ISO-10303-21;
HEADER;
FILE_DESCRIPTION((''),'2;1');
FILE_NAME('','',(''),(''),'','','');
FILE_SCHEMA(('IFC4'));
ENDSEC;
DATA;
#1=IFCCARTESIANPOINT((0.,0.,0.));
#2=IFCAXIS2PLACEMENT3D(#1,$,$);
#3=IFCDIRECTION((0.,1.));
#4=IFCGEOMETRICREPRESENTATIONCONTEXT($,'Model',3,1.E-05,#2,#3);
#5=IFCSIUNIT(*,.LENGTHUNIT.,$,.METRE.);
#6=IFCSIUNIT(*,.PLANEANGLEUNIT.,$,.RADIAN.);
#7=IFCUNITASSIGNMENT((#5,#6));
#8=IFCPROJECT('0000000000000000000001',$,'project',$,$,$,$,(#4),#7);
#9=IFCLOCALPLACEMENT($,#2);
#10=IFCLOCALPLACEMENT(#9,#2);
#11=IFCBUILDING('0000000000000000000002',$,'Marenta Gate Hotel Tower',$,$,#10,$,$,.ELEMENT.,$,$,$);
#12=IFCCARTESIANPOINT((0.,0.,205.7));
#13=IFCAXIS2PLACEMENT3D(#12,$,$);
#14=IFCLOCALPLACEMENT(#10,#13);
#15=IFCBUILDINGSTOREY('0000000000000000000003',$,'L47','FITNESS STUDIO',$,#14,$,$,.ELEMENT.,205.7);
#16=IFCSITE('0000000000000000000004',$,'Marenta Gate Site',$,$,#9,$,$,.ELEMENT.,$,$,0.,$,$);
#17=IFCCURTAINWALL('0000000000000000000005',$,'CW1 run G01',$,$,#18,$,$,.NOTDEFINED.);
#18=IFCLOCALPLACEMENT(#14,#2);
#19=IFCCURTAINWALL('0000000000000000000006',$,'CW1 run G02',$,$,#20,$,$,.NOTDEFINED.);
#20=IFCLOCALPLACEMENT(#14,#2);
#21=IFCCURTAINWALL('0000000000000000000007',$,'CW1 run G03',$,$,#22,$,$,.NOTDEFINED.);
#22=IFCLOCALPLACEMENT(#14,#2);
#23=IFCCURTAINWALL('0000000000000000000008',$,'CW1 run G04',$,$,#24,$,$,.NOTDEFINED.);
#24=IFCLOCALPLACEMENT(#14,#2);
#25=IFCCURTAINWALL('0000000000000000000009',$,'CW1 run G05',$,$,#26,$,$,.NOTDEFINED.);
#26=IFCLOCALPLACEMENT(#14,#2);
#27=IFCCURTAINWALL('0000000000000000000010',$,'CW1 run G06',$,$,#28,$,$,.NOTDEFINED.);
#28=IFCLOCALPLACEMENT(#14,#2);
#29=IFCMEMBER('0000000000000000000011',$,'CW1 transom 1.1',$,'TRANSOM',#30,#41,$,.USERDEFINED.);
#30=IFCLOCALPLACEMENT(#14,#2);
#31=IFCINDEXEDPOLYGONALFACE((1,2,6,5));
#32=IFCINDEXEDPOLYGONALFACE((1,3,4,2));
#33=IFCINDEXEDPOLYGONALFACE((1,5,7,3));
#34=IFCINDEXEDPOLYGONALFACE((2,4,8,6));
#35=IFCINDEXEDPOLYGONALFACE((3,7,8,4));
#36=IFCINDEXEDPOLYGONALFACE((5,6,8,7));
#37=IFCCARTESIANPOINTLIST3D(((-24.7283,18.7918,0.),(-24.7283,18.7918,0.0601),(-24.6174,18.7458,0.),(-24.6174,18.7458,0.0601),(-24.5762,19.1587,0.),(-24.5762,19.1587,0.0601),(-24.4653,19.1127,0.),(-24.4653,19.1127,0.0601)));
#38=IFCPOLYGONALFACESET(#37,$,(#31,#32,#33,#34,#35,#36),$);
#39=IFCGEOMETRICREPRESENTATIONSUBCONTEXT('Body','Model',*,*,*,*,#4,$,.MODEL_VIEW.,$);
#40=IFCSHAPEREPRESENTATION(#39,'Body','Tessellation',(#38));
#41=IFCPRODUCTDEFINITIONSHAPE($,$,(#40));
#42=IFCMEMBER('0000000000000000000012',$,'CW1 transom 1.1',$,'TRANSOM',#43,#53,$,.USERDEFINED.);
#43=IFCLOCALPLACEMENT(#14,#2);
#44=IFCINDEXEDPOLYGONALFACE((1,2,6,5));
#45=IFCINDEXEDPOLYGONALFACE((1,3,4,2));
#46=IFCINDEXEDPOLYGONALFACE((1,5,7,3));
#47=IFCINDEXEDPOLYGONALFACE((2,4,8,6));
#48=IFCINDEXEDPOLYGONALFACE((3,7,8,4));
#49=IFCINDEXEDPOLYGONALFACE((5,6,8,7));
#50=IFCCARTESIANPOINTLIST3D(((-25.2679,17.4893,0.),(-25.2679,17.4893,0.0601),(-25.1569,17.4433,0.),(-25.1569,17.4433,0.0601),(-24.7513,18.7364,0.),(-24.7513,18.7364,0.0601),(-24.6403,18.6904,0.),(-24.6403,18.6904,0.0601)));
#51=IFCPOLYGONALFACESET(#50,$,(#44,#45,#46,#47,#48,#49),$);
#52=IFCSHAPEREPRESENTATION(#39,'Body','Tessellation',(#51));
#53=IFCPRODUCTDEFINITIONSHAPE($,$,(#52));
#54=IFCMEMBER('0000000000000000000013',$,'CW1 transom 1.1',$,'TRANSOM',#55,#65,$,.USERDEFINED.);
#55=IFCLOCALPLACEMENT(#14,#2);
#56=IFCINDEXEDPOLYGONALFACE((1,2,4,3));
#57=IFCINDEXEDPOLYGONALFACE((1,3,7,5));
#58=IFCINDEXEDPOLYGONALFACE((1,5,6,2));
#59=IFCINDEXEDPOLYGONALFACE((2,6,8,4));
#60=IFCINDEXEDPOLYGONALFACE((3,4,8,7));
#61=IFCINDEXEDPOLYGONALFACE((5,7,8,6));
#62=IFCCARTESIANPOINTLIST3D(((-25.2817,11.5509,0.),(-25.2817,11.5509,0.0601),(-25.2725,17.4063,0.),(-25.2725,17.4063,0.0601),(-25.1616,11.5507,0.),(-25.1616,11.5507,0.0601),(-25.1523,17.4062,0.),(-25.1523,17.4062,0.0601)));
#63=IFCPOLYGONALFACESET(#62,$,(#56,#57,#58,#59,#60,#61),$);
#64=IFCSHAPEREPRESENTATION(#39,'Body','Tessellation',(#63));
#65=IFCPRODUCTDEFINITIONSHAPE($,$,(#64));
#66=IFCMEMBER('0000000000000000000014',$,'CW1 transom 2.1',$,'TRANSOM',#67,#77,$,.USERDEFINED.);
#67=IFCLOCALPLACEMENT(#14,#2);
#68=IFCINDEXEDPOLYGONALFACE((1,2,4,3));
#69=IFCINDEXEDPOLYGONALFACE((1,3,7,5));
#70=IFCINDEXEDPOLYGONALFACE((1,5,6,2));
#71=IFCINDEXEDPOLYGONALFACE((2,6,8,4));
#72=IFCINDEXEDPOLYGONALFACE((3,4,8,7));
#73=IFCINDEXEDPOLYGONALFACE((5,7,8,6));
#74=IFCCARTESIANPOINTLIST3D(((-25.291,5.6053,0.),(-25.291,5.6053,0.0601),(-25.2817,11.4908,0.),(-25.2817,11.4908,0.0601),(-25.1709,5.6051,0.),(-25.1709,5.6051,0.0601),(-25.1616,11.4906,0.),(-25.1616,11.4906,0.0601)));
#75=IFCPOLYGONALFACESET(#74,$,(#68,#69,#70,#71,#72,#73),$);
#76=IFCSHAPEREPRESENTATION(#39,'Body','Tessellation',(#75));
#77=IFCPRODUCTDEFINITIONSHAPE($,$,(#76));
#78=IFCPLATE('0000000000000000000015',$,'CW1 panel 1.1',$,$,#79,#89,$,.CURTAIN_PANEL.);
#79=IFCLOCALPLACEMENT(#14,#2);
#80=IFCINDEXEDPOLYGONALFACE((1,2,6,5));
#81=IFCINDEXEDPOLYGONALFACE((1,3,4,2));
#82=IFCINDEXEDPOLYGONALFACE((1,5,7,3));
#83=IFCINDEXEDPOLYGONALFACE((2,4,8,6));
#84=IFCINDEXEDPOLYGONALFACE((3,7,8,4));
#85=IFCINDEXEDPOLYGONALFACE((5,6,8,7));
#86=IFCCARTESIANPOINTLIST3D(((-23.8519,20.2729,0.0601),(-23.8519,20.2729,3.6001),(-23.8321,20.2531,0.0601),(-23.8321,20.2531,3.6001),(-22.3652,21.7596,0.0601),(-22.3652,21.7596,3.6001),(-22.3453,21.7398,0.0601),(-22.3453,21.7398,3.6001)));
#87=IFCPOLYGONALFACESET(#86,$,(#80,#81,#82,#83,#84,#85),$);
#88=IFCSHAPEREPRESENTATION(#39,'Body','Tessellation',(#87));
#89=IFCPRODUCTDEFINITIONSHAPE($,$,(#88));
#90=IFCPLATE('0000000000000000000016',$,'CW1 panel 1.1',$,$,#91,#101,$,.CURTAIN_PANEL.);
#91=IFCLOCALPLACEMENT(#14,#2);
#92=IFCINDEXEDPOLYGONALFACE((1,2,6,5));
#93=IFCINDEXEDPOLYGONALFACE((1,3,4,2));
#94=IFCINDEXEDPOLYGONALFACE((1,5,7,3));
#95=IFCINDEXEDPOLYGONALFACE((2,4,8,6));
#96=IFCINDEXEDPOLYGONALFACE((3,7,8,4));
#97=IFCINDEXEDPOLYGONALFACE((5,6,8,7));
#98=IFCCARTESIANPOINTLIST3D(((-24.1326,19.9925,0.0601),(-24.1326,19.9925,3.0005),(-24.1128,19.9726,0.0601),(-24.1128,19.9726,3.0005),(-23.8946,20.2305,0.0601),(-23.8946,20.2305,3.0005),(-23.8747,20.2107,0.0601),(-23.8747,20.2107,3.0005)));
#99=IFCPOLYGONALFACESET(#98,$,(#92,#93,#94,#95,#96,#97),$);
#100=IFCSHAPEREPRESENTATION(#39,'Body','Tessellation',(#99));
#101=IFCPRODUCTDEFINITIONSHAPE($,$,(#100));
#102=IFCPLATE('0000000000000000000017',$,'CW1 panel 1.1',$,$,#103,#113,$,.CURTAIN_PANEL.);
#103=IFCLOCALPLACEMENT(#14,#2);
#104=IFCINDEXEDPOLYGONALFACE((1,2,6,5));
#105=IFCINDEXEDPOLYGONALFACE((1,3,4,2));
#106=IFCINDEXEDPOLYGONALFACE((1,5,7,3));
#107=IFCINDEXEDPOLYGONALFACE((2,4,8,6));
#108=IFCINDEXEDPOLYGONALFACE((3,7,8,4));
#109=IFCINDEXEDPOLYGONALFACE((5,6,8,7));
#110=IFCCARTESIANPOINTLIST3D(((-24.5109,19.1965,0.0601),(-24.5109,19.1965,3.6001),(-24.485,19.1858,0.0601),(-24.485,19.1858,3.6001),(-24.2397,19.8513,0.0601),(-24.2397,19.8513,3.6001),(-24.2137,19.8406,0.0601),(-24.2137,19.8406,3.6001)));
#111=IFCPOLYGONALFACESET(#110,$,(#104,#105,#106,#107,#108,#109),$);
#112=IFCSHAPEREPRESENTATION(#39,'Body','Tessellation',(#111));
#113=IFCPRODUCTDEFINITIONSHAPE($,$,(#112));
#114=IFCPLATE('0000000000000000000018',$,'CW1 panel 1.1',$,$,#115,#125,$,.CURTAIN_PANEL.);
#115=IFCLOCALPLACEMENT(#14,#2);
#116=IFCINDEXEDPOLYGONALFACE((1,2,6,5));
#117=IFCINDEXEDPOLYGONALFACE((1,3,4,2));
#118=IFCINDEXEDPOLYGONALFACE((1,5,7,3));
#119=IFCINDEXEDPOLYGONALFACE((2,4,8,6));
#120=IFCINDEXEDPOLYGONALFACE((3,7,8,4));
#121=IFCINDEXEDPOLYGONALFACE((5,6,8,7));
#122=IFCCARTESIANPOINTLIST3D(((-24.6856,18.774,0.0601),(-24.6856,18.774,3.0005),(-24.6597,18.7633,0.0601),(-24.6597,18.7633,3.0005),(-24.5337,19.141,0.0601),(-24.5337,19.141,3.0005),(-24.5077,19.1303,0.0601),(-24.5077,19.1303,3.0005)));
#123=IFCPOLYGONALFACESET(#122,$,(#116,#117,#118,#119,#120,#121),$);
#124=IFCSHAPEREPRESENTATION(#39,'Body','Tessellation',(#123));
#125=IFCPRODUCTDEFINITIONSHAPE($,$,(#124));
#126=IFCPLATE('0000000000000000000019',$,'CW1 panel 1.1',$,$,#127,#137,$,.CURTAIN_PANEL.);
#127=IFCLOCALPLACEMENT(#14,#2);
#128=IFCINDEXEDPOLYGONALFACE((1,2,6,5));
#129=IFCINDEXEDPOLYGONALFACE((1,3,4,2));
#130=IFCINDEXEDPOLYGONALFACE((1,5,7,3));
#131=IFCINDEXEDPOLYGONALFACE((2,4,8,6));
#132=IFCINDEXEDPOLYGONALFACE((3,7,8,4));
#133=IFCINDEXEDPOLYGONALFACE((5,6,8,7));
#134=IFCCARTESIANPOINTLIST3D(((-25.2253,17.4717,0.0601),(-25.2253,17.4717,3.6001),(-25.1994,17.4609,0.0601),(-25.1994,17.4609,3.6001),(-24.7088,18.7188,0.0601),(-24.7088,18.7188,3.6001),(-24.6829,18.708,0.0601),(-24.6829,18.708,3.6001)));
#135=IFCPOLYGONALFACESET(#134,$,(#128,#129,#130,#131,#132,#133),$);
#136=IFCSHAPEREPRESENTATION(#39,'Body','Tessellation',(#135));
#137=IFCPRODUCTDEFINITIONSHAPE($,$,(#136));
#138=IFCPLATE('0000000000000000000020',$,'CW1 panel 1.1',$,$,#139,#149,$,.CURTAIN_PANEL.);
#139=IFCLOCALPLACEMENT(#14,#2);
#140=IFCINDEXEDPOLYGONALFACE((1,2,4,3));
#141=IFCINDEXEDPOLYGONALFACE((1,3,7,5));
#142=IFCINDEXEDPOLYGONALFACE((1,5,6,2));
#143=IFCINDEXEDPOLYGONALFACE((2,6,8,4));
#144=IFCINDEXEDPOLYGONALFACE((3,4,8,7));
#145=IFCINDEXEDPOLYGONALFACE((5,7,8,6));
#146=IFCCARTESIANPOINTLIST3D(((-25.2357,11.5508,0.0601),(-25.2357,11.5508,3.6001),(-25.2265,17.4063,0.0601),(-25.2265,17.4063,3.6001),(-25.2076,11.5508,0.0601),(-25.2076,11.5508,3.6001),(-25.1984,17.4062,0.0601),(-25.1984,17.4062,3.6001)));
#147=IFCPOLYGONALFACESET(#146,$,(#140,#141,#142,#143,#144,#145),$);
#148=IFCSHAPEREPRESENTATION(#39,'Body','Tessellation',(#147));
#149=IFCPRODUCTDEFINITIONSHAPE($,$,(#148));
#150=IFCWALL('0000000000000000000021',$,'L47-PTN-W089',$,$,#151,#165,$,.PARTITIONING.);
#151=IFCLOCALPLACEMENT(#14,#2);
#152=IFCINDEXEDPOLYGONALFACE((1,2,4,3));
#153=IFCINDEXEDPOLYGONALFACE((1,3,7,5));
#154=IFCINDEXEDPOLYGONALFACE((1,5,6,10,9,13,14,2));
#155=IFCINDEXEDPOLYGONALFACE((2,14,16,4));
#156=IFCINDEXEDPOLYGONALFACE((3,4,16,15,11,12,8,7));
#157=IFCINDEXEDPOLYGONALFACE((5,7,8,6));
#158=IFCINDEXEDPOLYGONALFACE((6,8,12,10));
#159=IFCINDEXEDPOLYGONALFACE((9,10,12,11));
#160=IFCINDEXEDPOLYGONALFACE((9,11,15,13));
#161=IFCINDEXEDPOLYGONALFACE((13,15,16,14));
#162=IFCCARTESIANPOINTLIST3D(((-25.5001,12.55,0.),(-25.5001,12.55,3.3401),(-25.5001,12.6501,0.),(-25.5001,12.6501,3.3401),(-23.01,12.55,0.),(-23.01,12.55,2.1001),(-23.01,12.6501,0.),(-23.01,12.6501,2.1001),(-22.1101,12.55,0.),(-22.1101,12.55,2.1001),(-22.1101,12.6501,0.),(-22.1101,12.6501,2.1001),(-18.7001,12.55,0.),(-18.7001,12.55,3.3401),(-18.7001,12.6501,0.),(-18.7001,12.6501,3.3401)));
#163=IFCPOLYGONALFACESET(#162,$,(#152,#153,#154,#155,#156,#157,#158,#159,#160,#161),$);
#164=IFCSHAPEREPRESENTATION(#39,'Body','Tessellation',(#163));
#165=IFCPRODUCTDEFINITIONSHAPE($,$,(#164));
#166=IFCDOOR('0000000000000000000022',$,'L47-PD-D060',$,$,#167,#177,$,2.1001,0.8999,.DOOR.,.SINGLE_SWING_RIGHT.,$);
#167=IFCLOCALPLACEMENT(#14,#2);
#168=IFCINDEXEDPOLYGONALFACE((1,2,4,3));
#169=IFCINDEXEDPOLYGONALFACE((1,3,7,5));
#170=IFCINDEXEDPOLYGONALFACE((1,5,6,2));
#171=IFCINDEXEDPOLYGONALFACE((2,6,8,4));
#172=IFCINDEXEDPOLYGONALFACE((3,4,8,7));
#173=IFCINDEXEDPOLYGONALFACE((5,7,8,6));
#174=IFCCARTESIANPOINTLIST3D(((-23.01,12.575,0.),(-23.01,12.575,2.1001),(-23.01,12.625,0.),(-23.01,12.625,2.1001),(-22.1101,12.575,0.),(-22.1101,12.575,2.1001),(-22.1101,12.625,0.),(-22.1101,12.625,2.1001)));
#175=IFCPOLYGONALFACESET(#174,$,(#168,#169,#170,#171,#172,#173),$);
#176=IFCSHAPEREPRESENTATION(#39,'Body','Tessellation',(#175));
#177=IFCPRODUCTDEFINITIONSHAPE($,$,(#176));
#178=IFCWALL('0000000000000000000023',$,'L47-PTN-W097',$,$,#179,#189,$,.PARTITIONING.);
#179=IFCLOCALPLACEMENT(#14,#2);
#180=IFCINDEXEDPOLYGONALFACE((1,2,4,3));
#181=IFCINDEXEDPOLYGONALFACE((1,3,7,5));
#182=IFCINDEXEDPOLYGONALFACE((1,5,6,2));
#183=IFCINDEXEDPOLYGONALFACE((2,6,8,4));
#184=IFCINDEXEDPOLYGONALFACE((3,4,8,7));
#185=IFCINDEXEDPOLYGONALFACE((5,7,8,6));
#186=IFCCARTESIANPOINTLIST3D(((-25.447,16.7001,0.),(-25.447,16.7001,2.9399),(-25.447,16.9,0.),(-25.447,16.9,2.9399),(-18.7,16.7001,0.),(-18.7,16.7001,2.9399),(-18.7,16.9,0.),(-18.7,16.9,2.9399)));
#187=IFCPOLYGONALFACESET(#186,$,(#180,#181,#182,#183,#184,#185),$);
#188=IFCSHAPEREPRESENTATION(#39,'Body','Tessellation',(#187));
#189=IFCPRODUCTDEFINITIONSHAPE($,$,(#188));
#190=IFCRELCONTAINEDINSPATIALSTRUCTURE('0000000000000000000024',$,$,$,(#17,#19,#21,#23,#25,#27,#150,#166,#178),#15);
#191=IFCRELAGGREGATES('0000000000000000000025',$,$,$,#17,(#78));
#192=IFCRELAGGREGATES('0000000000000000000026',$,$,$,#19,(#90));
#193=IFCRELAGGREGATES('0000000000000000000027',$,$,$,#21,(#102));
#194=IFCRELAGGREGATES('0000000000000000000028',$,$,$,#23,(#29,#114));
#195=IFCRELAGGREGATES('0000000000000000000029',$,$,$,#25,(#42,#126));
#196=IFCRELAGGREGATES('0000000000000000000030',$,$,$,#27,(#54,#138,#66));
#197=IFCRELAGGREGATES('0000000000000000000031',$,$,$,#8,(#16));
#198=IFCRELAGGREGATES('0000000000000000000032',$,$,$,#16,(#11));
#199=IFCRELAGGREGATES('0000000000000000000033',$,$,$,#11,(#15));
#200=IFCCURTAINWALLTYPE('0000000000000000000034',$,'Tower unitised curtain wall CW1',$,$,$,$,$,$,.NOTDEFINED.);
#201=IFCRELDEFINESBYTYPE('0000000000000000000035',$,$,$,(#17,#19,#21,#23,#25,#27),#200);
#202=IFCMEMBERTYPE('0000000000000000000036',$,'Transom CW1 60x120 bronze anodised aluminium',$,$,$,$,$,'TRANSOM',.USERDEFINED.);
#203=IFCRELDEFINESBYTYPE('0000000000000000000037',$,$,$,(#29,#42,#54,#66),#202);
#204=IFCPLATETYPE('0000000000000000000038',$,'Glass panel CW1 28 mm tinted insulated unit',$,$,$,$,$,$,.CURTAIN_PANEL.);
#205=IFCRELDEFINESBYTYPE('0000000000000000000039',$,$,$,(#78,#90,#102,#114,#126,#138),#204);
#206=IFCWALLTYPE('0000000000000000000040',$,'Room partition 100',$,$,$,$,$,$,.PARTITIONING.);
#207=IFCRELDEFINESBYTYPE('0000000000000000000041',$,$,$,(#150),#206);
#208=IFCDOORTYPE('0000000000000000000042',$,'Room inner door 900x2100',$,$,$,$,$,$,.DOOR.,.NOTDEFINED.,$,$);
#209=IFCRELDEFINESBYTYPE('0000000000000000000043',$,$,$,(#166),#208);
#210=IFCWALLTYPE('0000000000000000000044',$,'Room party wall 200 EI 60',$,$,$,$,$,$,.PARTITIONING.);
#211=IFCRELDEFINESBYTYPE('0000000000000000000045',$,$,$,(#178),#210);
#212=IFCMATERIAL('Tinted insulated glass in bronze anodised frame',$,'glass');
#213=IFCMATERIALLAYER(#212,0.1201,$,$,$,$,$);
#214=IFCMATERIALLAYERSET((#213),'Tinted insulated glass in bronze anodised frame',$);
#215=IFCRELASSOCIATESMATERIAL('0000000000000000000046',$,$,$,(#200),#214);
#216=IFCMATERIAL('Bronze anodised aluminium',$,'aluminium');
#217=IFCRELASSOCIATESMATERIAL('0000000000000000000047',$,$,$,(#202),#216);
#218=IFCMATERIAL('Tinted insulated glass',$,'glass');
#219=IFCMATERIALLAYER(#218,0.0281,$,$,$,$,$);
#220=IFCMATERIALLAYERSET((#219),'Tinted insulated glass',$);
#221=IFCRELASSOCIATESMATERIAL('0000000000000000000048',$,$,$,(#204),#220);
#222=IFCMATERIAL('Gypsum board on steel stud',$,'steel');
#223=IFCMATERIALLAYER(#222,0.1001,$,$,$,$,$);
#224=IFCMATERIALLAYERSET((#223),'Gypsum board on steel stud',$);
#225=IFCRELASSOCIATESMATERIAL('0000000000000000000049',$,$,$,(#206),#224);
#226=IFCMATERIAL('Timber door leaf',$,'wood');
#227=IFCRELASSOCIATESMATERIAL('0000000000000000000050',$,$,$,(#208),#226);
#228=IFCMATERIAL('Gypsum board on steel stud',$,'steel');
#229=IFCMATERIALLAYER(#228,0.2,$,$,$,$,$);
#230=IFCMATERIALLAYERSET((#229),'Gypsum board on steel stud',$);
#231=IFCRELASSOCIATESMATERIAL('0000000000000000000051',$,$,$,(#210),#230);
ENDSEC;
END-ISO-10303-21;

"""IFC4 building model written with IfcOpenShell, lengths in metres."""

from ifc_helpers import new_model, si_unit, direction, frame, frame_2d, origin, origin_2d, place, context, subcontext, project, spatial, rectangle, extrude, material, layer, layer_set, material_profile, profile_set, type_object, element, fill, aggregate, save


model = new_model("IFC4")

# Units and contexts
model_context = context("Model", 3, precision=1e-05, world=origin(), true_north=direction((0.0, 1.0)))
body_context = subcontext(model_context, "Body", "Model", "MODEL_VIEW")
ifc_project = project(units=[si_unit("LENGTHUNIT", "METRE"), si_unit("PLANEANGLEUNIT", "RADIAN")], contexts=[model_context])

# Site, building, storey
site_placement = place(None, origin())
site = spatial("IfcSite", under=ifc_project, at=site_placement, Name="Marenta Gate Site", CompositionType="ELEMENT", RefElevation=0.0)
building_placement = place(site_placement, origin())
building = spatial("IfcBuilding", under=site, at=building_placement, Name="Marenta Gate Hotel Tower", CompositionType="ELEMENT")
storey_placement = place(building_placement, frame((0.0, 0.0, 205.7)))
storey = spatial("IfcBuildingStorey", under=building, at=storey_placement, Name="L47", Description="FITNESS STUDIO", CompositionType="ELEMENT", Elevation=205.7)

# Curtain wall
ifc_material_1 = material(Name="Tinted insulated glass in bronze anodised frame", Category="glass")
ifc_layer_1 = layer(ifc_material_1, 0.1201)
ifc_layer_set_1 = layer_set([ifc_layer_1], Name="Tinted insulated glass in bronze anodised frame")
curtain_wall_type = type_object("IfcCurtainWallType", Name="Tower unitised curtain wall CW1", PredefinedType="NOTDEFINED", material=ifc_layer_set_1)
curtain_wall_1_placement = place(storey_placement, origin())
curtain_wall_1 = element("IfcCurtainWall", 1, at=curtain_wall_1_placement, inside=storey, type_object=curtain_wall_type, Name="CW1 run G01", PredefinedType="NOTDEFINED")

# Curtain wall
curtain_wall_2_placement = place(storey_placement, origin())
curtain_wall_2 = element("IfcCurtainWall", 2, at=curtain_wall_2_placement, inside=storey, type_object=curtain_wall_type, Name="CW1 run G02", PredefinedType="NOTDEFINED")

# Curtain walls
curtain_wall_3_placement = place(storey_placement, origin())
curtain_wall_3 = element("IfcCurtainWall", 3, at=curtain_wall_3_placement, inside=storey, type_object=curtain_wall_type, Name="CW1 run G03", PredefinedType="NOTDEFINED")
curtain_wall_4_placement = place(storey_placement, origin())
curtain_wall_4 = element("IfcCurtainWall", 4, at=curtain_wall_4_placement, inside=storey, type_object=curtain_wall_type, Name="CW1 run G04", PredefinedType="NOTDEFINED")
curtain_wall_5_placement = place(storey_placement, origin())
curtain_wall_5 = element("IfcCurtainWall", 5, at=curtain_wall_5_placement, inside=storey, type_object=curtain_wall_type, Name="CW1 run G05", PredefinedType="NOTDEFINED")

# Curtain wall
curtain_wall_6_placement = place(storey_placement, origin())
curtain_wall_6 = element("IfcCurtainWall", 6, at=curtain_wall_6_placement, inside=storey, type_object=curtain_wall_type, Name="CW1 run G06", PredefinedType="NOTDEFINED")

# Members
ifc_material_2 = material(Name="Bronze anodised aluminium", Category="aluminium")
ifc_material_profile_1 = material_profile(ifc_material_2, rectangle(XDim=0.1201, YDim=0.0601, at=origin_2d()), Name="Transom CW1 60x120 bronze anodised aluminium")
ifc_profile_set_1 = profile_set([ifc_material_profile_1], Name="Bronze anodised aluminium")
member_type_1 = type_object("IfcMemberType", Name="Transom CW1 60x120 bronze anodised aluminium", ElementType="TRANSOM", PredefinedType="USERDEFINED", material=ifc_profile_set_1)
member_1_placement = place(storey_placement, frame((-24.5208, 19.1357, 0.03), z_axis=(-0.382913, -0.923785, 0.0), x_axis=(0.923785, -0.382913, 0.0)))
member_1 = element("IfcMember", 7, at=member_1_placement, type_object=member_type_1, Name="CW1 transom 1.1", ObjectType="TRANSOM", PredefinedType="USERDEFINED", context=body_context, shape_type="SweptSolid", body=[
    extrude(rectangle(XDim=0.1201, YDim=0.0601, at=origin_2d()), origin(), (0.0, 0.0, 1.0), 0.3972),
])
member_2_placement = place(storey_placement, frame((-24.6958, 18.7134, 0.03), z_axis=(-0.382714, -0.923867, 0.0), x_axis=(0.923867, -0.382714, 0.0)))
member_2 = element("IfcMember", 8, at=member_2_placement, type_object=member_type_1, Name="CW1 transom 1.1", ObjectType="TRANSOM", PredefinedType="USERDEFINED", context=body_context, shape_type="SweptSolid", body=[
    extrude(rectangle(XDim=0.1201, YDim=0.0601, at=origin_2d()), origin(), (0.0, 0.0, 1.0), 1.3499),
])
member_3_placement = place(storey_placement, frame((-25.2124, 17.4062, 0.03), z_axis=(-0.001584, -0.999999, 0.0), x_axis=(0.999999, -0.001584, 0.0)))
member_3 = element("IfcMember", 9, at=member_3_placement, type_object=member_type_1, Name="CW1 transom 1.1", ObjectType="TRANSOM", PredefinedType="USERDEFINED", context=body_context, shape_type="SweptSolid", body=[
    extrude(rectangle(XDim=0.1201, YDim=0.0601, at=origin_2d()), origin(), (0.0, 0.0, 1.0), 5.8555),
])
member_4_placement = place(storey_placement, frame((-25.2217, 11.4907, 0.03), z_axis=(-0.001576, -0.999999, 0.0), x_axis=(0.999999, -0.001576, 0.0)))
member_4 = element("IfcMember", 10, at=member_4_placement, type_object=member_type_1, Name="CW1 transom 2.1", ObjectType="TRANSOM", PredefinedType="USERDEFINED", context=body_context, shape_type="SweptSolid", body=[
    extrude(rectangle(XDim=0.1201, YDim=0.0601, at=origin_2d()), origin(), (0.0, 0.0, 1.0), 5.8855),
])

# Plates
ifc_material_3 = material(Name="Tinted insulated glass", Category="glass")
ifc_layer_2 = layer(ifc_material_3, 0.0281)
ifc_layer_set_2 = layer_set([ifc_layer_2], Name="Tinted insulated glass")
plate_type = type_object("IfcPlateType", Name="Glass panel CW1 28 mm tinted insulated unit", PredefinedType="CURTAIN_PANEL", material=ifc_layer_set_2)
plate_1_placement = place(storey_placement, frame((-23.0986, 21.0063, 0.0601), z_axis=(0.0, 0.0, 1.0), x_axis=(-0.707107, -0.707107, 0.0)))
plate_1 = element("IfcPlate", 11, at=plate_1_placement, type_object=plate_type, Name="CW1 panel 1.1", PredefinedType="CURTAIN_PANEL", context=body_context, shape_type="SweptSolid", body=[
    extrude(rectangle(XDim=2.1025, YDim=0.0281, at=origin_2d()), origin(), (0.0, 0.0, 1.0), 3.54),
])
aggregate(curtain_wall_1, [plate_1])
plate_2_placement = place(storey_placement, frame((-24.0037, 20.1016, 0.0601), z_axis=(0.0, 0.0, 1.0), x_axis=(-0.707107, -0.707107, 0.0)))
plate_2 = element("IfcPlate", 12, at=plate_2_placement, type_object=plate_type, Name="CW1 panel 1.1", PredefinedType="CURTAIN_PANEL", context=body_context, shape_type="SweptSolid", body=[
    extrude(rectangle(XDim=0.3367, YDim=0.0281, at=origin_2d()), origin(), (0.0, 0.0, 1.0), 2.9404),
])
aggregate(curtain_wall_2, [plate_2])
plate_3_placement = place(storey_placement, frame((-24.3623, 19.5186, 0.0601), z_axis=(0.0, 0.0, 1.0), x_axis=(-0.382712, -0.923868, 0.0)))
plate_3 = element("IfcPlate", 13, at=plate_3_placement, type_object=plate_type, Name="CW1 panel 1.1", PredefinedType="CURTAIN_PANEL", context=body_context, shape_type="SweptSolid", body=[
    extrude(rectangle(XDim=0.7087, YDim=0.0281, at=origin_2d()), origin(), (0.0, 0.0, 1.0), 3.54),
])
aggregate(curtain_wall_3, [plate_3])
plate_4_placement = place(storey_placement, frame((-24.5967, 18.9521, 0.0601), z_axis=(0.0, 0.0, 1.0), x_axis=(-0.382642, -0.923897, 0.0)))
plate_4 = element("IfcPlate", 14, at=plate_4_placement, type_object=plate_type, Name="CW1 panel 1.1", PredefinedType="CURTAIN_PANEL", context=body_context, shape_type="SweptSolid", body=[
    extrude(rectangle(XDim=0.3972, YDim=0.0281, at=origin_2d()), origin(), (0.0, 0.0, 1.0), 2.9404),
])
aggregate(curtain_wall_4, [member_1, plate_4])
plate_5_placement = place(storey_placement, frame((-24.9541, 18.0898, 0.0601), z_axis=(0.0, 0.0, 1.0), x_axis=(-0.38265, -0.923893, 0.0)))
plate_5 = element("IfcPlate", 15, at=plate_5_placement, type_object=plate_type, Name="CW1 panel 1.1", PredefinedType="CURTAIN_PANEL", context=body_context, shape_type="SweptSolid", body=[
    extrude(rectangle(XDim=1.3499, YDim=0.0281, at=origin_2d()), origin(), (0.0, 0.0, 1.0), 3.54),
])
aggregate(curtain_wall_5, [member_2, plate_5])
plate_6_placement = place(storey_placement, frame((-25.217, 14.4785, 0.0601), z_axis=(0.0, 0.0, 1.0), x_axis=(-0.00157, -0.999999, 0.0)))
plate_6 = element("IfcPlate", 16, at=plate_6_placement, type_object=plate_type, Name="CW1 panel 1.1", PredefinedType="CURTAIN_PANEL", context=body_context, shape_type="SweptSolid", body=[
    extrude(rectangle(XDim=5.8555, YDim=0.0281, at=origin_2d()), origin(), (0.0, 0.0, 1.0), 3.54),
])
aggregate(curtain_wall_6, [member_3, plate_6, member_4])

# Wall, opening, door
ifc_material_4 = material(Name="Gypsum board on steel stud", Category="steel")
ifc_layer_3 = layer(ifc_material_4, 0.1001)
ifc_layer_set_3 = layer_set([ifc_layer_3], Name="Gypsum board on steel stud")
wall_type_1 = type_object("IfcWallType", Name="Room partition 100", PredefinedType="PARTITIONING", material=ifc_layer_set_3)
wall_1_placement = place(storey_placement, frame((-25.5, 12.6001, 0.0), z_axis=(0.0, 0.0, 1.0), x_axis=(1.0, 0.0, 0.0)))
wall_1 = element("IfcWall", 17, at=wall_1_placement, inside=storey, type_object=wall_type_1, Name="L47-PTN-W089", PredefinedType="PARTITIONING", context=body_context, shape_type="SweptSolid", body=[
    extrude(rectangle(XDim=6.8, YDim=0.1001, at=frame_2d((3.3999, 0.0))), origin(), (0.0, 0.0, 1.0), 3.3401),
])
opening_placement = place(wall_1_placement, frame((2.49, 0.0, 0.0)))
opening = element("IfcOpeningElement", 18, at=opening_placement, cuts=wall_1, PredefinedType="OPENING", context=body_context, shape_type="SweptSolid", body=[
    extrude(rectangle(XDim=0.8999, YDim=2.1001, at=frame_2d((0.45, 1.05))), frame((0.0, 0.05, 0.0), z_axis=(0.0, -1.0, 0.0), x_axis=(1.0, 0.0, 0.0)), (0.0, 0.0, 1.0), 0.1001),
])
ifc_material_5 = material(Name="Timber door leaf", Category="wood")
door_type = type_object("IfcDoorType", Name="Room inner door 900x2100", OperationType="NOTDEFINED", PredefinedType="DOOR", material=ifc_material_5)
door_placement = place(opening_placement, origin())
door = element("IfcDoor", 19, at=door_placement, inside=storey, type_object=door_type, Name="L47-PD-D060", OperationType="SINGLE_SWING_RIGHT", OverallHeight=2.1001, OverallWidth=0.8999, PredefinedType="DOOR", context=body_context, shape_type="SweptSolid", body=[
    extrude(rectangle(XDim=0.8999, YDim=2.1001, at=frame_2d((0.45, 1.05))), frame((0.0, 0.0249, 0.0), z_axis=(0.0, -1.0, 0.0), x_axis=(1.0, 0.0, 0.0)), (0.0, 0.0, 1.0), 0.05),
])
fill(opening, door)

# Wall
ifc_material_6 = material(Name="Gypsum board on steel stud", Category="steel")
ifc_layer_4 = layer(ifc_material_6, 0.2)
ifc_layer_set_4 = layer_set([ifc_layer_4], Name="Gypsum board on steel stud")
wall_type_2 = type_object("IfcWallType", Name="Room party wall 200 EI 60", PredefinedType="PARTITIONING", material=ifc_layer_set_4)
wall_2_placement = place(storey_placement, frame((-25.447, 16.8, 0.0), z_axis=(0.0, 0.0, 1.0), x_axis=(1.0, 0.0, 0.0)))
element("IfcWall", 20, at=wall_2_placement, inside=storey, type_object=wall_type_2, Name="L47-PTN-W097", PredefinedType="PARTITIONING", context=body_context, shape_type="SweptSolid", body=[
    extrude(rectangle(XDim=6.7471, YDim=0.2, at=frame_2d((3.3735, 0.0))), origin(), (0.0, 0.0, 1.0), 2.9399),
])

save(model, "model.ifc")
